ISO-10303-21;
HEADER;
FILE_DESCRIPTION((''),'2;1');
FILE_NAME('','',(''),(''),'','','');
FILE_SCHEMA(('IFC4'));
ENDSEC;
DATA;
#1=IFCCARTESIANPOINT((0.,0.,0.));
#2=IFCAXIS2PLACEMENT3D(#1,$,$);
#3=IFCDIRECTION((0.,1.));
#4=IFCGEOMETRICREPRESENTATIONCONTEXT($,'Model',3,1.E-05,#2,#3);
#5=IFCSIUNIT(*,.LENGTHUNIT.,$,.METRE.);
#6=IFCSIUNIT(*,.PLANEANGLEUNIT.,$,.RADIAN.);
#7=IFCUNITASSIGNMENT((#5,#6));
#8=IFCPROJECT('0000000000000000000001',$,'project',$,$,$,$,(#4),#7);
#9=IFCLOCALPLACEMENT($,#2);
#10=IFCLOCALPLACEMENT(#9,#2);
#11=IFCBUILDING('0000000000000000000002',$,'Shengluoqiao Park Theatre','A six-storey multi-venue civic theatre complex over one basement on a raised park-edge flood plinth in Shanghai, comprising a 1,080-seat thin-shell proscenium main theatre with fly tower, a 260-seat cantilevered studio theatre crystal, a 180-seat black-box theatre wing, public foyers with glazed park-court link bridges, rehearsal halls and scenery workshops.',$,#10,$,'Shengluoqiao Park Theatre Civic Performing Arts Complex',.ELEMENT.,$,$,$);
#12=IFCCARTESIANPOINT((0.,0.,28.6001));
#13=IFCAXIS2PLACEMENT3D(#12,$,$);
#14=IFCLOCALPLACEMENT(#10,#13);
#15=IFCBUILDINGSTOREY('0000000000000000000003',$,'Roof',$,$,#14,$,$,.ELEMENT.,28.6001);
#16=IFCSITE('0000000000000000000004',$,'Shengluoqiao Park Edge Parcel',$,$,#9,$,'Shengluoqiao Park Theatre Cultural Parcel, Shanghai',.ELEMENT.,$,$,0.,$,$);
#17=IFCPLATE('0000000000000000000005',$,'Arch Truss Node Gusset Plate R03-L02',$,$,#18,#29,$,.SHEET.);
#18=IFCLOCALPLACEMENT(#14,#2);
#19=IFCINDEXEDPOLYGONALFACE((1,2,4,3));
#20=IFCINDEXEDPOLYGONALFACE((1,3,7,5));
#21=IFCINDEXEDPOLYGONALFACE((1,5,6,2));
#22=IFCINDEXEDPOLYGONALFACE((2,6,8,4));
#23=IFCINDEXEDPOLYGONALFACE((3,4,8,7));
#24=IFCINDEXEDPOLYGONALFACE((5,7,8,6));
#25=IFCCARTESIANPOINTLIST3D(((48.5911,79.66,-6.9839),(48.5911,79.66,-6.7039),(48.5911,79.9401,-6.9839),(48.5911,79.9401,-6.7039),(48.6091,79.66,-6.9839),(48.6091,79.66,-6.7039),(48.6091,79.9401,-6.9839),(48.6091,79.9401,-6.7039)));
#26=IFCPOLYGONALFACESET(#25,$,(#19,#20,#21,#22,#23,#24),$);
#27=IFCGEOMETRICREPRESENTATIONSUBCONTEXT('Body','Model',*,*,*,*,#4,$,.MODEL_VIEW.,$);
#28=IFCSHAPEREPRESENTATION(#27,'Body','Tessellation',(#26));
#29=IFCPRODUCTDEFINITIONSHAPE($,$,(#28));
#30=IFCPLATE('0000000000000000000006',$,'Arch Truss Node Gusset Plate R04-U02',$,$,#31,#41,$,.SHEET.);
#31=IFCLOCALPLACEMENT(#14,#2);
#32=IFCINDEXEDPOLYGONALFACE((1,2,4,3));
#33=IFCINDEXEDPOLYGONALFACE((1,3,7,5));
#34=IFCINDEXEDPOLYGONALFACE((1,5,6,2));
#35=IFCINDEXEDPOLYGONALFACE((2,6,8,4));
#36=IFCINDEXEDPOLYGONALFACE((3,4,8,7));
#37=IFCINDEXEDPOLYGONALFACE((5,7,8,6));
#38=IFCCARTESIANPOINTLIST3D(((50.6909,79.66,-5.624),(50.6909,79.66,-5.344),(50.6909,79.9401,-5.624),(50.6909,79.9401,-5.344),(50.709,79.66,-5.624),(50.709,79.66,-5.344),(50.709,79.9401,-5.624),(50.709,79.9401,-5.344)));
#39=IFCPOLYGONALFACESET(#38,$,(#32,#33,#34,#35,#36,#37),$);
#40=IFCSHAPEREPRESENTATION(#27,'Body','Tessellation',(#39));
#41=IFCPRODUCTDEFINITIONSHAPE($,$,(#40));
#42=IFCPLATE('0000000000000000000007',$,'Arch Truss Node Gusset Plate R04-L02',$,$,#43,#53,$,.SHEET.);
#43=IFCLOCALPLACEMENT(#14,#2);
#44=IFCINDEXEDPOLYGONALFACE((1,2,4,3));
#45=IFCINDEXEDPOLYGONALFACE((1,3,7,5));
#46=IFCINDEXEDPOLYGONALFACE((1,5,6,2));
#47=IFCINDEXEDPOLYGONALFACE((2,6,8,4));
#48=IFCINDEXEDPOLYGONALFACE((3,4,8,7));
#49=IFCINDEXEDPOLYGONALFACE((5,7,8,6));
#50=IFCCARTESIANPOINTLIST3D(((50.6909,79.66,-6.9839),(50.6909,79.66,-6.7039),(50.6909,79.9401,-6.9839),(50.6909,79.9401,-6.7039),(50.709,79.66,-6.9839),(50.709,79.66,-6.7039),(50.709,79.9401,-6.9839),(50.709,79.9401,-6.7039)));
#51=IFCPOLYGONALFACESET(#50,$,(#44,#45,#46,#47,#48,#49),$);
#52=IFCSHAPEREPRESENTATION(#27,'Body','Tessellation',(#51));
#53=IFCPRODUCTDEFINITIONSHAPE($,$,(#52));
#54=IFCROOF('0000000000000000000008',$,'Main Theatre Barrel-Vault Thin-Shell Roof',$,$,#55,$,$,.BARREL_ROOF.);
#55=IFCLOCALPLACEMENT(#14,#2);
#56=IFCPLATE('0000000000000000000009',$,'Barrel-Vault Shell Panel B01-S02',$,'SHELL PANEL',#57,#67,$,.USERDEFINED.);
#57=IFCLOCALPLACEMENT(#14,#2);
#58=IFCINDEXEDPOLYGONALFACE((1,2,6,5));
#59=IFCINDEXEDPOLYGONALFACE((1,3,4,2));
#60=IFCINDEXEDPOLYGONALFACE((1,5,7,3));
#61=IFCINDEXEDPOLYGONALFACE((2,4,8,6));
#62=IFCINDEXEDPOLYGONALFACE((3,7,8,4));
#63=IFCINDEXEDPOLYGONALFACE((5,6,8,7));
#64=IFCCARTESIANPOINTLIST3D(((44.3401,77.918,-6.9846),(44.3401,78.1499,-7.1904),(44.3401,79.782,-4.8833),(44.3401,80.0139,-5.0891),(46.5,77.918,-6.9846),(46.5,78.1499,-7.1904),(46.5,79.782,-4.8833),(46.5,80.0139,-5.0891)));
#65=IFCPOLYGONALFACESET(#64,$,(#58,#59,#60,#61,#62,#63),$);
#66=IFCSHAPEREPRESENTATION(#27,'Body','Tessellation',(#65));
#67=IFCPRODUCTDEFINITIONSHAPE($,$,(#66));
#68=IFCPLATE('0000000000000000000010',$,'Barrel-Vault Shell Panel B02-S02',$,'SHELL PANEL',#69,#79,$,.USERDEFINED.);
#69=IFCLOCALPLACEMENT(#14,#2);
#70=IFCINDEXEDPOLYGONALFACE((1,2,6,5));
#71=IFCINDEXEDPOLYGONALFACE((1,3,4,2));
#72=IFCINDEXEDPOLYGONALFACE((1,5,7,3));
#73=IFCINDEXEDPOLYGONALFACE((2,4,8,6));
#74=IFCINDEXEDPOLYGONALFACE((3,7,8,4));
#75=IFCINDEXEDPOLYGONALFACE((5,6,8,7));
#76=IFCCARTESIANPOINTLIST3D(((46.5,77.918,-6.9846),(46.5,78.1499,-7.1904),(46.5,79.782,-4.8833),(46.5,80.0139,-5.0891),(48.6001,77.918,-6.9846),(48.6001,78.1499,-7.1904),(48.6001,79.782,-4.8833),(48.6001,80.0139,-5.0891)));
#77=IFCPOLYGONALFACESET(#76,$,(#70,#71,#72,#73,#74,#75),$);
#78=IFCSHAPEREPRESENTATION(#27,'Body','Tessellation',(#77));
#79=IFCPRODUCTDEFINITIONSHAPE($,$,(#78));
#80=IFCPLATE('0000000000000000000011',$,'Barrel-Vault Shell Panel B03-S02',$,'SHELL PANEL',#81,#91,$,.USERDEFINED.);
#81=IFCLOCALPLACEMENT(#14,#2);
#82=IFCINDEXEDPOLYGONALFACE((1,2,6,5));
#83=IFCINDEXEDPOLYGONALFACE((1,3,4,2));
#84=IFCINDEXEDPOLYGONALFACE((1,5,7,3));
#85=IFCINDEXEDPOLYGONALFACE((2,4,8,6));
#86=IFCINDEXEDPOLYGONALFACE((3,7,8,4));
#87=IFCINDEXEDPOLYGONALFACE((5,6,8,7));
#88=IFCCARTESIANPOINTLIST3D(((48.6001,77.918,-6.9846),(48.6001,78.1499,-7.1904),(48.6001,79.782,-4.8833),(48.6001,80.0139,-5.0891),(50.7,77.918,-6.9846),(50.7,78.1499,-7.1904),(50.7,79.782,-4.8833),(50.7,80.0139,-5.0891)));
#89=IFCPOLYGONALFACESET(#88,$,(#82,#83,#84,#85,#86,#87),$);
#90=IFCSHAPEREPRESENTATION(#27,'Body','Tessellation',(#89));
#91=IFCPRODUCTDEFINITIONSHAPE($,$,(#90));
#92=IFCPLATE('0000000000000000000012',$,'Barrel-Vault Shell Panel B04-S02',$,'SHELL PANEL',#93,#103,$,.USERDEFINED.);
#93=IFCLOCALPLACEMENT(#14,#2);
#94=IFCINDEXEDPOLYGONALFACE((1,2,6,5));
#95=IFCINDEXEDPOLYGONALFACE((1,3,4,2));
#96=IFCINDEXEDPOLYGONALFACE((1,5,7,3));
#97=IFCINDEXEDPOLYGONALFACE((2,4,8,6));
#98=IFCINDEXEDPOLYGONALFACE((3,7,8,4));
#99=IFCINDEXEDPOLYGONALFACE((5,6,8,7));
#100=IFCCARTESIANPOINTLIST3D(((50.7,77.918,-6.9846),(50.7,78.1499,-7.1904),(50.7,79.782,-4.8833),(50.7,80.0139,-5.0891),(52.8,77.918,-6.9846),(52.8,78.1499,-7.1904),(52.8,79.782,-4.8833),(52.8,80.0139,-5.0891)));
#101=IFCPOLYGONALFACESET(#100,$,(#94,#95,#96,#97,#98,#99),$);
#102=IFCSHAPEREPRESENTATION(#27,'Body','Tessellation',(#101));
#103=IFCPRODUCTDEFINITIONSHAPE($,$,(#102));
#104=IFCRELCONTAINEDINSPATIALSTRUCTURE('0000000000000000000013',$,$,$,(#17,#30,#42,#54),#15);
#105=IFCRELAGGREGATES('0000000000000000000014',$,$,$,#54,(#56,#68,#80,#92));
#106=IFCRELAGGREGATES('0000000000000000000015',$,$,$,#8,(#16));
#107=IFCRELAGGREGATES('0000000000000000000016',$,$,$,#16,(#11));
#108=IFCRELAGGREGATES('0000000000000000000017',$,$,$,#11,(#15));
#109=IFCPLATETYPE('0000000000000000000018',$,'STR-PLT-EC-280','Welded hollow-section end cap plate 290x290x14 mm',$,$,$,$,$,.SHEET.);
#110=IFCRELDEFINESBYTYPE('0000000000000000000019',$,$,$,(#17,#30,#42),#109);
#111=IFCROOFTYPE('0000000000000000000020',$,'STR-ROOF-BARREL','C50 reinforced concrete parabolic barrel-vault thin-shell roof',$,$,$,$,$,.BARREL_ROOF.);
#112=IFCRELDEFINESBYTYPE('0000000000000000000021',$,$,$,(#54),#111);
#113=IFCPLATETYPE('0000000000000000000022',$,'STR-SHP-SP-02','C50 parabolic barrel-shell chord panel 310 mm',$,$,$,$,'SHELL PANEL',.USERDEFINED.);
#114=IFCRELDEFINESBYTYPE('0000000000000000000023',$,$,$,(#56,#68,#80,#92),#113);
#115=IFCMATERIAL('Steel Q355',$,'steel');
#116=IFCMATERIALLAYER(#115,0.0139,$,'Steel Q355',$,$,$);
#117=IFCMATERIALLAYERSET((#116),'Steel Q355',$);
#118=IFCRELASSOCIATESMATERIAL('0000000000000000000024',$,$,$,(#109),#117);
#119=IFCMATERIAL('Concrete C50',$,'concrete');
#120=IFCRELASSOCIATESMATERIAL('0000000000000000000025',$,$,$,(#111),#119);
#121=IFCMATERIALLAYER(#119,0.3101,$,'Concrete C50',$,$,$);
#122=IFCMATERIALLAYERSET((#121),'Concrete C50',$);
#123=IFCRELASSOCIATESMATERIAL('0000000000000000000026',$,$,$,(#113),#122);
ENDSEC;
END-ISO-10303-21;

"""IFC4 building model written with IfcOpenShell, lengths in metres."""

from ifc_helpers import new_model, si_unit, direction, frame, origin, origin_2d, place, context, subcontext, project, spatial, polyline, rectangle, outline, extrude, material, layer, layer_set, type_object, element, aggregate, save


model = new_model("IFC4")

# Units and contexts
model_context = context("Model", 3, precision=1e-05, world=origin(), true_north=direction((0.0, 1.0)))
body_context = subcontext(model_context, "Body", "Model", "MODEL_VIEW")
ifc_project = project(units=[si_unit("LENGTHUNIT", "METRE"), si_unit("PLANEANGLEUNIT", "RADIAN")], contexts=[model_context])

# Site, building, storey
site_placement = place(None, origin())
site = spatial("IfcSite", under=ifc_project, at=site_placement, Name="Shengluoqiao Park Edge Parcel", LongName="Shengluoqiao Park Theatre Cultural Parcel, Shanghai", CompositionType="ELEMENT", RefElevation=0.0)
building_placement = place(site_placement, origin())
building = spatial("IfcBuilding", under=site, at=building_placement, Name="Shengluoqiao Park Theatre", Description="A six-storey multi-venue civic theatre complex over one basement on a raised park-edge flood plinth in Shanghai, comprising a 1,080-seat thin-shell proscenium main theatre with fly tower, a 260-seat cantilevered studio theatre crystal, a 180-seat black-box theatre wing, public foyers with glazed park-court link bridges, rehearsal halls and scenery workshops.", LongName="Shengluoqiao Park Theatre Civic Performing Arts Complex", CompositionType="ELEMENT")
storey_placement = place(building_placement, frame((0.0, 0.0, 28.6001)))
storey = spatial("IfcBuildingStorey", under=building, at=storey_placement, Name="Roof", CompositionType="ELEMENT", Elevation=28.6001)

# Shared definitions
ifc_material_1 = material(Name="Concrete C50", Category="concrete")
ifc_material_2 = material(Name="Steel Q355", Category="steel")

# Plates
ifc_layer_1 = layer(ifc_material_2, 0.0139, Name="Steel Q355")
ifc_layer_set_1 = layer_set([ifc_layer_1], Name="Steel Q355")
plate_type_1 = type_object("IfcPlateType", Name="STR-PLT-EC-280", Description="Welded hollow-section end cap plate 290x290x14 mm", PredefinedType="SHEET", material=ifc_layer_set_1)
for number, where, z_axis, x_axis, name in (
    (1, (48.6001, 79.8, -6.9839), (0.0, 0.0, 1.0), (1.0, 0.0, 0.0), "Arch Truss Node Gusset Plate R03-L02"),
    (2, (50.7, 79.8, -5.624), (0.0, 0.0, 1.0), (1.0, 0.0, 0.0), "Arch Truss Node Gusset Plate R04-U02"),
    (3, (50.7, 79.8, -6.9839), (0.0, 0.0, 1.0), (1.0, 0.0, 0.0), "Arch Truss Node Gusset Plate R04-L02"),
):
    element("IfcPlate", number, at=place(storey_placement, frame(where, z_axis=z_axis, x_axis=x_axis)), inside=storey, type_object=plate_type_1, Name=name, PredefinedType="SHEET", context=body_context, shape_type="SweptSolid", body=[
        extrude(rectangle(XDim=0.0181, YDim=0.28, at=origin_2d()), origin(), (0.0, 0.0, 1.0), 0.28),
    ])

# Roof, plates
roof_type = type_object("IfcRoofType", Name="STR-ROOF-BARREL", Description="C50 reinforced concrete parabolic barrel-vault thin-shell roof", PredefinedType="BARREL_ROOF", material=ifc_material_1)
roof_placement = place(storey_placement, origin())
roof = element("IfcRoof", 4, at=roof_placement, inside=storey, type_object=roof_type, Name="Main Theatre Barrel-Vault Thin-Shell Roof", PredefinedType="BARREL_ROOF")
ifc_layer_2 = layer(ifc_material_1, 0.3101, Name="Concrete C50")
ifc_layer_set_2 = layer_set([ifc_layer_2], Name="Concrete C50")
plate_type_2 = type_object("IfcPlateType", Name="STR-SHP-SP-02", Description="C50 parabolic barrel-shell chord panel 310 mm", ElementType="SHELL PANEL", PredefinedType="USERDEFINED", material=ifc_layer_set_2)
plate_1_placement = place(storey_placement, frame((44.3401, 77.918, -6.9846), z_axis=(0.0, -0.748085, 0.663603), x_axis=(1.0, 0.0, 0.0)))
plate_1 = element("IfcPlate", 5, at=plate_1_placement, type_object=plate_type_2, Name="Barrel-Vault Shell Panel B01-S02", ObjectType="SHELL PANEL", PredefinedType="USERDEFINED", context=body_context, shape_type="SweptSolid", body=[
    extrude(outline(polyline([(0.0, 0.0), (2.1599, 0.0), (2.1599, 2.8089), (0.0, 2.8089), (0.0, 0.0)])), origin(), (0.0, 0.0, -1.0), 0.3101),
])
plate_2_placement = place(storey_placement, frame((46.5, 77.918, -6.9846), z_axis=(0.0, -0.748085, 0.663603), x_axis=(1.0, 0.0, 0.0)))
plate_2 = element("IfcPlate", 6, at=plate_2_placement, type_object=plate_type_2, Name="Barrel-Vault Shell Panel B02-S02", ObjectType="SHELL PANEL", PredefinedType="USERDEFINED", context=body_context, shape_type="SweptSolid", body=[
    extrude(outline(polyline([(0.0, 0.0), (2.1001, 0.0), (2.1001, 2.8089), (0.0, 2.8089), (0.0, 0.0)])), origin(), (0.0, 0.0, -1.0), 0.3101),
])
plate_3_placement = place(storey_placement, frame((48.6001, 77.918, -6.9846), z_axis=(0.0, -0.748085, 0.663603), x_axis=(1.0, 0.0, 0.0)))
plate_3 = element("IfcPlate", 7, at=plate_3_placement, type_object=plate_type_2, Name="Barrel-Vault Shell Panel B03-S02", ObjectType="SHELL PANEL", PredefinedType="USERDEFINED", context=body_context, shape_type="SweptSolid", body=[
    extrude(outline(polyline([(0.0, 0.0), (2.0999, 0.0), (2.0999, 2.8089), (0.0, 2.8089), (0.0, 0.0)])), origin(), (0.0, 0.0, -1.0), 0.3101),
])
plate_4_placement = place(storey_placement, frame((50.7, 77.918, -6.9846), z_axis=(0.0, -0.748085, 0.663603), x_axis=(1.0, 0.0, 0.0)))
plate_4 = element("IfcPlate", 8, at=plate_4_placement, type_object=plate_type_2, Name="Barrel-Vault Shell Panel B04-S02", ObjectType="SHELL PANEL", PredefinedType="USERDEFINED", context=body_context, shape_type="SweptSolid", body=[
    extrude(outline(polyline([(0.0, 0.0), (2.1001, 0.0), (2.1001, 2.8089), (0.0, 2.8089), (0.0, 0.0)])), origin(), (0.0, 0.0, -1.0), 0.3101),
])
aggregate(roof, [plate_1, plate_2, plate_3, plate_4])

save(model, "model.ifc")
